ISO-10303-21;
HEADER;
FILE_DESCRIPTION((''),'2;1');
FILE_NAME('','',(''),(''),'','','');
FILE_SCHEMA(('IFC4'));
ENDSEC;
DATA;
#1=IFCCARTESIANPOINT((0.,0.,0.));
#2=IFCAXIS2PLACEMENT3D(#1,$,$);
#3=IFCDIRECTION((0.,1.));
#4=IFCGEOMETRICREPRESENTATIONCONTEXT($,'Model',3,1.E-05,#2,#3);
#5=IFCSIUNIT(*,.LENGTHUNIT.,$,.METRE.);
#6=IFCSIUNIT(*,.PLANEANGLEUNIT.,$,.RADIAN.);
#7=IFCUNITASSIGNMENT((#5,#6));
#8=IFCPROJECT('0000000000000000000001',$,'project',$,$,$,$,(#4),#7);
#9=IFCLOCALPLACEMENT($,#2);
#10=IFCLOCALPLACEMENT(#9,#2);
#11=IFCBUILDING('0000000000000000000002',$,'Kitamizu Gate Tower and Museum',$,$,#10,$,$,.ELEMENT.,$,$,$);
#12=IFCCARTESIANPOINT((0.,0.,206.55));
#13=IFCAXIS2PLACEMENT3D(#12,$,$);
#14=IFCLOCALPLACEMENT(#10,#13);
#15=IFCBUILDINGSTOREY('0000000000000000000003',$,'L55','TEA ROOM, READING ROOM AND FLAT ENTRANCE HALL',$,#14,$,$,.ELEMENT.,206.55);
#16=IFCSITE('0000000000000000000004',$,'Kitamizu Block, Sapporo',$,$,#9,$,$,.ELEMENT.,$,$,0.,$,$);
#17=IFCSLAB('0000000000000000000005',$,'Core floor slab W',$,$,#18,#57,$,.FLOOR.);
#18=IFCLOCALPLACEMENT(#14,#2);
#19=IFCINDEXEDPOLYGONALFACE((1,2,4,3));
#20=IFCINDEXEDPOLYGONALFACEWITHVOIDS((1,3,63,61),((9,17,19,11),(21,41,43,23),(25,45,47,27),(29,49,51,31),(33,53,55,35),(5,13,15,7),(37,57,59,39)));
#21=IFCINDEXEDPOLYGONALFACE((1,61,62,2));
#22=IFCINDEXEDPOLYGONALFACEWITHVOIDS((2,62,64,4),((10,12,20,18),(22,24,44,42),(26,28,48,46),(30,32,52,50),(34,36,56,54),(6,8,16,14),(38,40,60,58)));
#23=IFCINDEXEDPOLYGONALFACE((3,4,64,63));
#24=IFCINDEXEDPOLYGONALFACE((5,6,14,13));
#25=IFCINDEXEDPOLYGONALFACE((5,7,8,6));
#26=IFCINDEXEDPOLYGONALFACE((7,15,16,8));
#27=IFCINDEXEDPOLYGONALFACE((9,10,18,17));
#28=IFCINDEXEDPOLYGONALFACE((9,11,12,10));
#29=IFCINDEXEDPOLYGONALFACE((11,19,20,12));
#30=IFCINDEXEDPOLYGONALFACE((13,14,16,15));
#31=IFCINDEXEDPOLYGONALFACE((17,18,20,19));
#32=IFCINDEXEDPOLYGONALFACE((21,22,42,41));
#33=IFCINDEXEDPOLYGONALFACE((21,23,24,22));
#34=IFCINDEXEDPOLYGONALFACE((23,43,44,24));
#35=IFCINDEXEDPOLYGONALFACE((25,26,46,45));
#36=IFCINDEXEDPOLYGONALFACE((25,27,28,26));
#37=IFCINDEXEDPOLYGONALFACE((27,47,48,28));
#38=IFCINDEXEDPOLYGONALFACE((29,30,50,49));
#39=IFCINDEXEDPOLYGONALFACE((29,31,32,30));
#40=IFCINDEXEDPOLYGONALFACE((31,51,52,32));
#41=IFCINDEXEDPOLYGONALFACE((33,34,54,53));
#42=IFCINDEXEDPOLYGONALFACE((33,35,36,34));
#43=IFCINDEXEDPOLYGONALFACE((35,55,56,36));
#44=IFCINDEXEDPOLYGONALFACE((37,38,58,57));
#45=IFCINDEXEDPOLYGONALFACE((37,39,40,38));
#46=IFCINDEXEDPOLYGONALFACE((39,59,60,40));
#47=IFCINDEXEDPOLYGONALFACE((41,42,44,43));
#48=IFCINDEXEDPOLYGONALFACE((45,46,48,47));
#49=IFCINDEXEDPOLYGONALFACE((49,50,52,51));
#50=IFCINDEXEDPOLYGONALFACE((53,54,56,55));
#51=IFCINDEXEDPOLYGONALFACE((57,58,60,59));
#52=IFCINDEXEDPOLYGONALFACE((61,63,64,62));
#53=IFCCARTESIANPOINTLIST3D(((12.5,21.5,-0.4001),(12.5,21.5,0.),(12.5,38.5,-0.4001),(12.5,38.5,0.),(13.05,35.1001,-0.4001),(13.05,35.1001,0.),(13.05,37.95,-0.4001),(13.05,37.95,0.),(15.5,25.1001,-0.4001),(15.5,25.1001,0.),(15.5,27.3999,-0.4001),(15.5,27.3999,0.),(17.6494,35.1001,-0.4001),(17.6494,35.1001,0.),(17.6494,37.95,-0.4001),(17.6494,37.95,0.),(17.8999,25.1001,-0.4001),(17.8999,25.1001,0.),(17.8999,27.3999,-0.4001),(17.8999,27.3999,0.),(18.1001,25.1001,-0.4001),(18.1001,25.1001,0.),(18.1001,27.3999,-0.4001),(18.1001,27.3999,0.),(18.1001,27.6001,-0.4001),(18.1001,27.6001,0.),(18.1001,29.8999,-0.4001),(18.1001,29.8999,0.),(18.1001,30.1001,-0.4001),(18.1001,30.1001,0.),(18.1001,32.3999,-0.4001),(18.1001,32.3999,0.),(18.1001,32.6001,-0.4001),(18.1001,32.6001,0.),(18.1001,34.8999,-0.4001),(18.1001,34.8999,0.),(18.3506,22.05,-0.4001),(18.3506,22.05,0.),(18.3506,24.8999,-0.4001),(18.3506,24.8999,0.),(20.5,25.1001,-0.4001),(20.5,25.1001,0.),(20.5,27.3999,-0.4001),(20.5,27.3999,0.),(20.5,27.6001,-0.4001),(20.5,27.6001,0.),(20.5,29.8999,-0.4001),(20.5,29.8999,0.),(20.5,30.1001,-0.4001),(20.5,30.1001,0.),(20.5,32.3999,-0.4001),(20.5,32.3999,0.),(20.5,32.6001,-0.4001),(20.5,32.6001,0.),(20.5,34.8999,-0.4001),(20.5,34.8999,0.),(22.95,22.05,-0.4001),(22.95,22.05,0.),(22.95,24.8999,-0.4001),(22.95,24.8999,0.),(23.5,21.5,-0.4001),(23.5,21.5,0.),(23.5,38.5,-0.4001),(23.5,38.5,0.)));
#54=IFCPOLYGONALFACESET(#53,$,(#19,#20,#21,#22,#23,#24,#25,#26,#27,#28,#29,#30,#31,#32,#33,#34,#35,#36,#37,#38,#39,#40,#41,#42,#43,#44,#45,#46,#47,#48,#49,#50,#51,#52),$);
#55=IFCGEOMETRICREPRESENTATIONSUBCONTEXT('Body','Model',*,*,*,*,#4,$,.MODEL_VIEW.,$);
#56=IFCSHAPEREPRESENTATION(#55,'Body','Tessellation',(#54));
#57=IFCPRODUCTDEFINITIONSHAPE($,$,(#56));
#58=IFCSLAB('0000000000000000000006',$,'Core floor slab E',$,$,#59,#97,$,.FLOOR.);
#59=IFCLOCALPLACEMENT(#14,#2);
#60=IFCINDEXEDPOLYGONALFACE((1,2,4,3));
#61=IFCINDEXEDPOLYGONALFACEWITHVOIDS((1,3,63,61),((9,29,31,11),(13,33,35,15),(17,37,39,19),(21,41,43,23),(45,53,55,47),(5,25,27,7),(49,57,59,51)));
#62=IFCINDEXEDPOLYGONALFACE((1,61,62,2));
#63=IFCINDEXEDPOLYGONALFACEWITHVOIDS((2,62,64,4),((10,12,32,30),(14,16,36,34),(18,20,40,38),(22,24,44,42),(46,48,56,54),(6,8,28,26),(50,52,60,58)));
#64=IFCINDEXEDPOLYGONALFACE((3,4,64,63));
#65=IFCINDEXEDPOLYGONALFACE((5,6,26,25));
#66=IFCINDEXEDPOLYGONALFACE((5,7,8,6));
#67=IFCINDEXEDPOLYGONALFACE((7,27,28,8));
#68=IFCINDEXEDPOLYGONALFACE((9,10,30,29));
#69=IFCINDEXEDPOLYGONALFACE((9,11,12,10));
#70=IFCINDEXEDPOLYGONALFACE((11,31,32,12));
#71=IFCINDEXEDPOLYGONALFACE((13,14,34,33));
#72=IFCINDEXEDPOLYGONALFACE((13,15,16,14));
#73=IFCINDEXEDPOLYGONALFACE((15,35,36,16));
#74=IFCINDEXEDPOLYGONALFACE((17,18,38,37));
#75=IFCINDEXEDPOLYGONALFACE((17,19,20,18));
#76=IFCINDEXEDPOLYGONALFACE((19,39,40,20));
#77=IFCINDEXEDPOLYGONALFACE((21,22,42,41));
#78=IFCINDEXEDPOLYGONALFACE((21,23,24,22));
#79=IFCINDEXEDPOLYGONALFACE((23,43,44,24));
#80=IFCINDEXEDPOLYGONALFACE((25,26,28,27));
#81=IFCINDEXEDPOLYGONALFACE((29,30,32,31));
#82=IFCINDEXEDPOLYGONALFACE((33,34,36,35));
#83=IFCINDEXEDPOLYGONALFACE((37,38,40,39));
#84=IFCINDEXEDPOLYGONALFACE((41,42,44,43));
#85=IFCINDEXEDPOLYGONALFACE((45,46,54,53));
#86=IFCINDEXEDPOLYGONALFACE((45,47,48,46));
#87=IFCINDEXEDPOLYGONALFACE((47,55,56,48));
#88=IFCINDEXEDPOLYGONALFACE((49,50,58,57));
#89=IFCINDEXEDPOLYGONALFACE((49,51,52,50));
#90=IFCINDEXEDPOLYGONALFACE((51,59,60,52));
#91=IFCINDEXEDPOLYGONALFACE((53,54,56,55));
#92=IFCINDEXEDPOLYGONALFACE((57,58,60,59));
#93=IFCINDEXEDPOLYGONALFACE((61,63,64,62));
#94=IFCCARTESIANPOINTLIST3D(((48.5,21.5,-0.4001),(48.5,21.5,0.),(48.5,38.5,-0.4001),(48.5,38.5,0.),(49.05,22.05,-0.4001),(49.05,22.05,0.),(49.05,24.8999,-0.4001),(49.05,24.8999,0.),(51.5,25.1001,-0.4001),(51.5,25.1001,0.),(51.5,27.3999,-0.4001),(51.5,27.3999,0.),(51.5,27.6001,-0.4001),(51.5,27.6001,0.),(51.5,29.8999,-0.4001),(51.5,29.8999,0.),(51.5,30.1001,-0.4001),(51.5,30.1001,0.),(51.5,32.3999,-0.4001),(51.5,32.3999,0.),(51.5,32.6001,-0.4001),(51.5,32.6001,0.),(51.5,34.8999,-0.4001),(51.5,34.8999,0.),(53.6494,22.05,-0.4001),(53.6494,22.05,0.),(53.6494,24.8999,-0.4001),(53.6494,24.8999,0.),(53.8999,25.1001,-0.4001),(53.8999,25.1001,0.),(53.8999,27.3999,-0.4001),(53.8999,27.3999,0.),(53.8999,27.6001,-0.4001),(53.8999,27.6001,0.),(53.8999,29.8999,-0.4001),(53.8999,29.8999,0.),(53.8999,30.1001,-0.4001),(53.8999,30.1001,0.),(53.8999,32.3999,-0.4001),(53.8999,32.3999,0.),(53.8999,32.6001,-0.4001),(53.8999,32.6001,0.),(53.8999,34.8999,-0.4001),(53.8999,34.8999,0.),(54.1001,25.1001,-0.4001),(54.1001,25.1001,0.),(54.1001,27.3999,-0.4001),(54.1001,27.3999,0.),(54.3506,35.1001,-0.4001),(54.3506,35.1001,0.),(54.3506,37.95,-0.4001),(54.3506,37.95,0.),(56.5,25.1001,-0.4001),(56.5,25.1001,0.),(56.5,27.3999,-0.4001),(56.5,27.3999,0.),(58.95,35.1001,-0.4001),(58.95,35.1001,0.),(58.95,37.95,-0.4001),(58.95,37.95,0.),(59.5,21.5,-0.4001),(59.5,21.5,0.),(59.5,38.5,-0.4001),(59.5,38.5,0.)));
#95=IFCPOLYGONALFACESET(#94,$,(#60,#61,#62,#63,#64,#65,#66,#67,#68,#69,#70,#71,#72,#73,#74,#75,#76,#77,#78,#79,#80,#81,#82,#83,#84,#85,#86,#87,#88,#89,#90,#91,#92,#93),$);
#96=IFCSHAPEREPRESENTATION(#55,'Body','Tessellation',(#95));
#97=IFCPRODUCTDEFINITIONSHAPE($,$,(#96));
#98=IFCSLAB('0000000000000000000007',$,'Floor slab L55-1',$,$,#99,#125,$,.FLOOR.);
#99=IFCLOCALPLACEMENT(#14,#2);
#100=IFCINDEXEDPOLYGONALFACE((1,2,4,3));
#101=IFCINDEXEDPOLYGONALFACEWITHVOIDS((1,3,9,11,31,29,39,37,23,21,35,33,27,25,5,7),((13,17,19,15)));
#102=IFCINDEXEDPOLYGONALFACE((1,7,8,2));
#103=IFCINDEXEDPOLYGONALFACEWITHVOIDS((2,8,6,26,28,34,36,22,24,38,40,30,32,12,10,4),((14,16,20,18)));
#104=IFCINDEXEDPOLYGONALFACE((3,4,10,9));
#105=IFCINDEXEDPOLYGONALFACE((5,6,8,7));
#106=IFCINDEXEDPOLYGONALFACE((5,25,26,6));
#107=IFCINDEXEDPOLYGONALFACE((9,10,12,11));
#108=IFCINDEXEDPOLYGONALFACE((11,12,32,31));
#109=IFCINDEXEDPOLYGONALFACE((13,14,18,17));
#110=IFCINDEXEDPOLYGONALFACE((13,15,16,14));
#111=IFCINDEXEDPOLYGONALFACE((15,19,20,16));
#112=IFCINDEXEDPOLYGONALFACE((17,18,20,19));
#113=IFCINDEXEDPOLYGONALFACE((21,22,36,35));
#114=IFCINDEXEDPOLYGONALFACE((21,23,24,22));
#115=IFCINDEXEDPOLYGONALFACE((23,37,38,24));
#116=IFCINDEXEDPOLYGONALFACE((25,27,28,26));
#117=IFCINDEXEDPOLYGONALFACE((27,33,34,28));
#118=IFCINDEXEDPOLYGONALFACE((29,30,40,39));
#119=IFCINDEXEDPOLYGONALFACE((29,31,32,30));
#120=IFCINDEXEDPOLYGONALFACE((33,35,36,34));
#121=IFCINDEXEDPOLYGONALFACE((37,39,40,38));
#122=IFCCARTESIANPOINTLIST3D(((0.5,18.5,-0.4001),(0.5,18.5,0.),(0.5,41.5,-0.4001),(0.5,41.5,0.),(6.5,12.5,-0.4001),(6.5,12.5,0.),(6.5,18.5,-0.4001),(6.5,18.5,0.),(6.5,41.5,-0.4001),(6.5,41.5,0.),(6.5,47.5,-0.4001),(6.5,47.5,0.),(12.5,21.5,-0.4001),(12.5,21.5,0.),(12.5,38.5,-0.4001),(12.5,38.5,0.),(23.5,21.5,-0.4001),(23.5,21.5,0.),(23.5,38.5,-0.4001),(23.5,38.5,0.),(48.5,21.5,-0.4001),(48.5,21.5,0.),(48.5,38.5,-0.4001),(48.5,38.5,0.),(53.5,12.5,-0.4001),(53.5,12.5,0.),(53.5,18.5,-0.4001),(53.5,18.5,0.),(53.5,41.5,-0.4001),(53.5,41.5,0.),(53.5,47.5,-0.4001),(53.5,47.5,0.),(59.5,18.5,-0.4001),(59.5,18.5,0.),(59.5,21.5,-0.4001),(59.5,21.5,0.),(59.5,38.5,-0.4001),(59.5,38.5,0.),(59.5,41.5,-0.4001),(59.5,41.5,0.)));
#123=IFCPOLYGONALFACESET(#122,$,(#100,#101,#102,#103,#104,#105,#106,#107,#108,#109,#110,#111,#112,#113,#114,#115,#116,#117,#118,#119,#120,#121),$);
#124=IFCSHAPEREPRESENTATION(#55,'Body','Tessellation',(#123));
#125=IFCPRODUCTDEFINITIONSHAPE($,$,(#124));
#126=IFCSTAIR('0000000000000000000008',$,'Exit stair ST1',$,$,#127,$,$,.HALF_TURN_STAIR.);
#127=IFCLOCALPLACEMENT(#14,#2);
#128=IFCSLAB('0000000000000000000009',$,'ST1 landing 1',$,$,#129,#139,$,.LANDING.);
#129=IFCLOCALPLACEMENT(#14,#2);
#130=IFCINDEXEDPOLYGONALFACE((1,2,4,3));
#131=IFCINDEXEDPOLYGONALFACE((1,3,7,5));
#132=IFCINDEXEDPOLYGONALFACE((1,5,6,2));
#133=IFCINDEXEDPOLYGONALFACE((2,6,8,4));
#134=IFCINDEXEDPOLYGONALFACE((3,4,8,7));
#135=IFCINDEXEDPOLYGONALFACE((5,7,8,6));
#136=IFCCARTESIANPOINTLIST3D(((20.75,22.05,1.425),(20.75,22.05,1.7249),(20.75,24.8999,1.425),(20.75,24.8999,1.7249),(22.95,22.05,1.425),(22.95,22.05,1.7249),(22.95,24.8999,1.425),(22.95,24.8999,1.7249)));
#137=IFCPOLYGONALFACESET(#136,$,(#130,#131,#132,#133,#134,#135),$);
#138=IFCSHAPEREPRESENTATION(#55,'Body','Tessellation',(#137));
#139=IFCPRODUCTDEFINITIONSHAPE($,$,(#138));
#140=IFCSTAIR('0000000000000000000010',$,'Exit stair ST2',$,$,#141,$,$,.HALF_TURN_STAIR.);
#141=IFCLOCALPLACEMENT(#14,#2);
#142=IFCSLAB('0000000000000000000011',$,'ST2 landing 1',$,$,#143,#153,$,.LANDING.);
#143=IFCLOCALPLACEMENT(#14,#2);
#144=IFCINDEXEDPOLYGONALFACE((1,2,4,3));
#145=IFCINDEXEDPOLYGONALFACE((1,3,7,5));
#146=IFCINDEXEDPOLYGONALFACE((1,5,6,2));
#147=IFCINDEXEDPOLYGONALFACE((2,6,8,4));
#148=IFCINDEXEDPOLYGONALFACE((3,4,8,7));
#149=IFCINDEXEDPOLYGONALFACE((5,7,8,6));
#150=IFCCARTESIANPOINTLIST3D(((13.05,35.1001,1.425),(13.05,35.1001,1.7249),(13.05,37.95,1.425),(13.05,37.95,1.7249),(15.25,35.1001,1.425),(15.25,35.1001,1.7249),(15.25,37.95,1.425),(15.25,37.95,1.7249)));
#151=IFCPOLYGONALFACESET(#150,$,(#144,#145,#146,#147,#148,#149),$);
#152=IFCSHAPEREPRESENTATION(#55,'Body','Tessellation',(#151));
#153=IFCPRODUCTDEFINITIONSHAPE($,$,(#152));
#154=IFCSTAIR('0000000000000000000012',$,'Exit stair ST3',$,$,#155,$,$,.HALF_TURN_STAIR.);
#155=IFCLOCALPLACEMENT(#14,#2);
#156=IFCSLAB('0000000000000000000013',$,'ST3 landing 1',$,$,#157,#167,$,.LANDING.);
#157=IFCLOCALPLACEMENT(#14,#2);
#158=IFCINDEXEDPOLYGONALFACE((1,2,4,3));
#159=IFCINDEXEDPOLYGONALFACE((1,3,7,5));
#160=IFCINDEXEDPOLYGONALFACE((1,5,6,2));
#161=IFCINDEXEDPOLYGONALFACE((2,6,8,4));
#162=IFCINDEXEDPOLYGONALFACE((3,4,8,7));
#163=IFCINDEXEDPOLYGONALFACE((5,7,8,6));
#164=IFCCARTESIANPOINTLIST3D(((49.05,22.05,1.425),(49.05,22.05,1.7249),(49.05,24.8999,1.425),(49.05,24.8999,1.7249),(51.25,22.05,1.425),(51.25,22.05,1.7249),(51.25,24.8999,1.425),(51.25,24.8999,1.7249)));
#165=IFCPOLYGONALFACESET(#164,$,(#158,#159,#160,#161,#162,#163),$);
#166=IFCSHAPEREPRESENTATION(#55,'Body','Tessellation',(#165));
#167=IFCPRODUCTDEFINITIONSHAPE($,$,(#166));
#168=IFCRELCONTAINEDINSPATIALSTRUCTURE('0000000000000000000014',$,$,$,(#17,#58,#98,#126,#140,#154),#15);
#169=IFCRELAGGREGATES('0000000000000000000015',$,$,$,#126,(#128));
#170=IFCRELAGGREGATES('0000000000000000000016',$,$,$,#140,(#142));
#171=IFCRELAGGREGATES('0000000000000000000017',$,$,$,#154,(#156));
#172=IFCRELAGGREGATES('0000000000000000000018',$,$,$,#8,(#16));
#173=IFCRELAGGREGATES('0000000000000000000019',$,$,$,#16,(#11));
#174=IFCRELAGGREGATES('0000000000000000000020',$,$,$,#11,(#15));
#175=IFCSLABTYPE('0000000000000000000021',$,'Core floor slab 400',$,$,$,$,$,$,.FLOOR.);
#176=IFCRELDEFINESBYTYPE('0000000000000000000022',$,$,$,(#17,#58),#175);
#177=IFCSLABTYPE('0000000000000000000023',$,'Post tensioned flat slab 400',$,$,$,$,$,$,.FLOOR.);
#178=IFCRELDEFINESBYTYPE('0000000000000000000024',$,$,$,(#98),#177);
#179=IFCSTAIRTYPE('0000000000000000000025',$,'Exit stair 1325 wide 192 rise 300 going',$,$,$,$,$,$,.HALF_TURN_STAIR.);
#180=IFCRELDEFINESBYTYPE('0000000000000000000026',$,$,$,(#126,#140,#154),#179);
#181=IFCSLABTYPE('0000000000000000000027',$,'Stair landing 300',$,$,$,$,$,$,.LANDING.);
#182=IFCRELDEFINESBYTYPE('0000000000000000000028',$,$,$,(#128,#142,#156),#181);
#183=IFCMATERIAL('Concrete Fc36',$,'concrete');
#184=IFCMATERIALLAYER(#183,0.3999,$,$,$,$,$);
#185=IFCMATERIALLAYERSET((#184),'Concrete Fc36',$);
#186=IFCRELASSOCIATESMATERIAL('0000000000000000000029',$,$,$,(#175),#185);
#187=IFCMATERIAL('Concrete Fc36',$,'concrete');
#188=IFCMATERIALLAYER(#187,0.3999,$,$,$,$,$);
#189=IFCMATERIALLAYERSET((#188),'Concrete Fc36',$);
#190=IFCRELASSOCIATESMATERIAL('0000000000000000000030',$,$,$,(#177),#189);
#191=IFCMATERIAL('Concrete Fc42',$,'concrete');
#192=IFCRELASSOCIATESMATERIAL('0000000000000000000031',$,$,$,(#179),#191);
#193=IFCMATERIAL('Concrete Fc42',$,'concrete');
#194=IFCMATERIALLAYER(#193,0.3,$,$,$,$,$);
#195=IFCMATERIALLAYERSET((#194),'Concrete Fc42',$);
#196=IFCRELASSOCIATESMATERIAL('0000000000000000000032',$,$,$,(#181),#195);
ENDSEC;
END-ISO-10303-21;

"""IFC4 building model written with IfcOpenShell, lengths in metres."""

from ifc_helpers import new_model, si_unit, direction, frame, origin, place, context, subcontext, project, spatial, polyline, outline, extrude, material, layer, layer_set, type_object, element, aggregate, save


model = new_model("IFC4")

# Units and contexts
model_context = context("Model", 3, precision=1e-05, world=origin(), true_north=direction((0.0, 1.0)))
body_context = subcontext(model_context, "Body", "Model", "MODEL_VIEW")
ifc_project = project(units=[si_unit("LENGTHUNIT", "METRE"), si_unit("PLANEANGLEUNIT", "RADIAN")], contexts=[model_context])

# Site, building, storey
site_placement = place(None, origin())
site = spatial("IfcSite", under=ifc_project, at=site_placement, Name="Kitamizu Block, Sapporo", CompositionType="ELEMENT", RefElevation=0.0)
building_placement = place(site_placement, origin())
building = spatial("IfcBuilding", under=site, at=building_placement, Name="Kitamizu Gate Tower and Museum", CompositionType="ELEMENT")
storey_placement = place(building_placement, frame((0.0, 0.0, 206.55)))
storey = spatial("IfcBuildingStorey", under=building, at=storey_placement, Name="L55", Description="TEA ROOM, READING ROOM AND FLAT ENTRANCE HALL", CompositionType="ELEMENT", Elevation=206.55)

# Slabs
ifc_material_1 = material(Name="Concrete Fc36", Category="concrete")
ifc_layer_1 = layer(ifc_material_1, 0.3999)
ifc_layer_set_1 = layer_set([ifc_layer_1], Name="Concrete Fc36")
slab_type_1 = type_object("IfcSlabType", Name="Core floor slab 400", PredefinedType="FLOOR", material=ifc_layer_set_1)
slab_1_placement = place(storey_placement, frame((0.0, 0.0, -0.4001)))
element("IfcSlab", 1, at=slab_1_placement, inside=storey, type_object=slab_type_1, Name="Core floor slab W", PredefinedType="FLOOR", context=body_context, shape_type="SweptSolid", body=[
    extrude(outline(polyline([(12.5, 21.5), (23.5, 21.5), (23.5, 38.5), (12.5, 38.5), (12.5, 21.5)]), holes=[polyline([(15.5, 25.1001), (17.8999, 25.1001), (17.8999, 27.3999), (15.5, 27.3999), (15.5, 25.1001)]), polyline([(18.1001, 25.1001), (20.5, 25.1001), (20.5, 27.3999), (18.1001, 27.3999), (18.1001, 25.1001)]), polyline([(18.1001, 27.6001), (20.5, 27.6001), (20.5, 29.8999), (18.1001, 29.8999), (18.1001, 27.6001)]), polyline([(18.1001, 30.1001), (20.5, 30.1001), (20.5, 32.3999), (18.1001, 32.3999), (18.1001, 30.1001)]), polyline([(18.1001, 32.6001), (20.5, 32.6001), (20.5, 34.8999), (18.1001, 34.8999), (18.1001, 32.6001)]), polyline([(18.3506, 22.05), (22.95, 22.05), (22.95, 24.8999), (18.3506, 24.8999), (18.3506, 22.05)]), polyline([(13.05, 35.1001), (17.6494, 35.1001), (17.6494, 37.95), (13.05, 37.95), (13.05, 35.1001)])]), origin(), (0.0, 0.0, 1.0), 0.4001),
])
slab_2_placement = place(storey_placement, frame((0.0, 0.0, -0.4001)))
element("IfcSlab", 2, at=slab_2_placement, inside=storey, type_object=slab_type_1, Name="Core floor slab E", PredefinedType="FLOOR", context=body_context, shape_type="SweptSolid", body=[
    extrude(outline(polyline([(48.5, 21.5), (59.5, 21.5), (59.5, 38.5), (48.5, 38.5), (48.5, 21.5)]), holes=[polyline([(54.1001, 25.1001), (56.5, 25.1001), (56.5, 27.3999), (54.1001, 27.3999), (54.1001, 25.1001)]), polyline([(51.5, 25.1001), (53.8999, 25.1001), (53.8999, 27.3999), (51.5, 27.3999), (51.5, 25.1001)]), polyline([(51.5, 27.6001), (53.8999, 27.6001), (53.8999, 29.8999), (51.5, 29.8999), (51.5, 27.6001)]), polyline([(51.5, 30.1001), (53.8999, 30.1001), (53.8999, 32.3999), (51.5, 32.3999), (51.5, 30.1001)]), polyline([(51.5, 32.6001), (53.8999, 32.6001), (53.8999, 34.8999), (51.5, 34.8999), (51.5, 32.6001)]), polyline([(49.05, 22.05), (53.6494, 22.05), (53.6494, 24.8999), (49.05, 24.8999), (49.05, 22.05)]), polyline([(54.3506, 35.1001), (58.95, 35.1001), (58.95, 37.95), (54.3506, 37.95), (54.3506, 35.1001)])]), origin(), (0.0, 0.0, 1.0), 0.4001),
])
ifc_material_2 = material(Name="Concrete Fc36", Category="concrete")
ifc_layer_2 = layer(ifc_material_2, 0.3999)
ifc_layer_set_2 = layer_set([ifc_layer_2], Name="Concrete Fc36")
slab_type_2 = type_object("IfcSlabType", Name="Post tensioned flat slab 400", PredefinedType="FLOOR", material=ifc_layer_set_2)
slab_3_placement = place(storey_placement, frame((0.0, 0.0, -0.4001)))
element("IfcSlab", 3, at=slab_3_placement, inside=storey, type_object=slab_type_2, Name="Floor slab L55-1", PredefinedType="FLOOR", context=body_context, shape_type="SweptSolid", body=[
    extrude(outline(polyline([(0.5, 18.5), (0.5, 41.5), (6.5, 41.5), (6.5, 47.5), (53.5, 47.5), (53.5, 41.5), (59.5, 41.5), (59.5, 38.5), (48.5, 38.5), (48.5, 21.5), (59.5, 21.5), (59.5, 18.5), (53.5, 18.5), (53.5, 12.5), (6.5, 12.5), (6.5, 18.5), (0.5, 18.5)]), holes=[polyline([(12.5, 38.5), (12.5, 21.5), (23.5, 21.5), (23.5, 38.5), (12.5, 38.5)])]), origin(), (0.0, 0.0, 1.0), 0.4001),
])

# Stairs, slabs
ifc_material_3 = material(Name="Concrete Fc42", Category="concrete")
stair_type = type_object("IfcStairType", Name="Exit stair 1325 wide 192 rise 300 going", PredefinedType="HALF_TURN_STAIR", material=ifc_material_3)
stair_1_placement = place(storey_placement, origin())
stair_1 = element("IfcStair", 4, at=stair_1_placement, inside=storey, type_object=stair_type, Name="Exit stair ST1", PredefinedType="HALF_TURN_STAIR")
ifc_material_4 = material(Name="Concrete Fc42", Category="concrete")
ifc_layer_3 = layer(ifc_material_4, 0.3)
ifc_layer_set_3 = layer_set([ifc_layer_3], Name="Concrete Fc42")
slab_type_3 = type_object("IfcSlabType", Name="Stair landing 300", PredefinedType="LANDING", material=ifc_layer_set_3)
slab_4_placement = place(storey_placement, frame((0.0, 0.0, 1.425)))
slab_4 = element("IfcSlab", 5, at=slab_4_placement, type_object=slab_type_3, Name="ST1 landing 1", PredefinedType="LANDING", context=body_context, shape_type="SweptSolid", body=[
    extrude(outline(polyline([(20.75, 22.05), (22.95, 22.05), (22.95, 24.8999), (20.75, 24.8999), (20.75, 22.05)])), origin(), (0.0, 0.0, 1.0), 0.2998),
])
aggregate(stair_1, [slab_4])
stair_2_placement = place(storey_placement, origin())
stair_2 = element("IfcStair", 6, at=stair_2_placement, inside=storey, type_object=stair_type, Name="Exit stair ST2", PredefinedType="HALF_TURN_STAIR")
slab_5_placement = place(storey_placement, frame((0.0, 0.0, 1.425)))
slab_5 = element("IfcSlab", 7, at=slab_5_placement, type_object=slab_type_3, Name="ST2 landing 1", PredefinedType="LANDING", context=body_context, shape_type="SweptSolid", body=[
    extrude(outline(polyline([(13.05, 35.1001), (15.25, 35.1001), (15.25, 37.95), (13.05, 37.95), (13.05, 35.1001)])), origin(), (0.0, 0.0, 1.0), 0.2998),
])
aggregate(stair_2, [slab_5])
stair_3_placement = place(storey_placement, origin())
stair_3 = element("IfcStair", 8, at=stair_3_placement, inside=storey, type_object=stair_type, Name="Exit stair ST3", PredefinedType="HALF_TURN_STAIR")
slab_6_placement = place(storey_placement, frame((0.0, 0.0, 1.425)))
slab_6 = element("IfcSlab", 9, at=slab_6_placement, type_object=slab_type_3, Name="ST3 landing 1", PredefinedType="LANDING", context=body_context, shape_type="SweptSolid", body=[
    extrude(outline(polyline([(49.05, 22.05), (51.25, 22.05), (51.25, 24.8999), (49.05, 24.8999), (49.05, 22.05)])), origin(), (0.0, 0.0, 1.0), 0.2998),
])
aggregate(stair_3, [slab_6])

save(model, "model.ifc")
